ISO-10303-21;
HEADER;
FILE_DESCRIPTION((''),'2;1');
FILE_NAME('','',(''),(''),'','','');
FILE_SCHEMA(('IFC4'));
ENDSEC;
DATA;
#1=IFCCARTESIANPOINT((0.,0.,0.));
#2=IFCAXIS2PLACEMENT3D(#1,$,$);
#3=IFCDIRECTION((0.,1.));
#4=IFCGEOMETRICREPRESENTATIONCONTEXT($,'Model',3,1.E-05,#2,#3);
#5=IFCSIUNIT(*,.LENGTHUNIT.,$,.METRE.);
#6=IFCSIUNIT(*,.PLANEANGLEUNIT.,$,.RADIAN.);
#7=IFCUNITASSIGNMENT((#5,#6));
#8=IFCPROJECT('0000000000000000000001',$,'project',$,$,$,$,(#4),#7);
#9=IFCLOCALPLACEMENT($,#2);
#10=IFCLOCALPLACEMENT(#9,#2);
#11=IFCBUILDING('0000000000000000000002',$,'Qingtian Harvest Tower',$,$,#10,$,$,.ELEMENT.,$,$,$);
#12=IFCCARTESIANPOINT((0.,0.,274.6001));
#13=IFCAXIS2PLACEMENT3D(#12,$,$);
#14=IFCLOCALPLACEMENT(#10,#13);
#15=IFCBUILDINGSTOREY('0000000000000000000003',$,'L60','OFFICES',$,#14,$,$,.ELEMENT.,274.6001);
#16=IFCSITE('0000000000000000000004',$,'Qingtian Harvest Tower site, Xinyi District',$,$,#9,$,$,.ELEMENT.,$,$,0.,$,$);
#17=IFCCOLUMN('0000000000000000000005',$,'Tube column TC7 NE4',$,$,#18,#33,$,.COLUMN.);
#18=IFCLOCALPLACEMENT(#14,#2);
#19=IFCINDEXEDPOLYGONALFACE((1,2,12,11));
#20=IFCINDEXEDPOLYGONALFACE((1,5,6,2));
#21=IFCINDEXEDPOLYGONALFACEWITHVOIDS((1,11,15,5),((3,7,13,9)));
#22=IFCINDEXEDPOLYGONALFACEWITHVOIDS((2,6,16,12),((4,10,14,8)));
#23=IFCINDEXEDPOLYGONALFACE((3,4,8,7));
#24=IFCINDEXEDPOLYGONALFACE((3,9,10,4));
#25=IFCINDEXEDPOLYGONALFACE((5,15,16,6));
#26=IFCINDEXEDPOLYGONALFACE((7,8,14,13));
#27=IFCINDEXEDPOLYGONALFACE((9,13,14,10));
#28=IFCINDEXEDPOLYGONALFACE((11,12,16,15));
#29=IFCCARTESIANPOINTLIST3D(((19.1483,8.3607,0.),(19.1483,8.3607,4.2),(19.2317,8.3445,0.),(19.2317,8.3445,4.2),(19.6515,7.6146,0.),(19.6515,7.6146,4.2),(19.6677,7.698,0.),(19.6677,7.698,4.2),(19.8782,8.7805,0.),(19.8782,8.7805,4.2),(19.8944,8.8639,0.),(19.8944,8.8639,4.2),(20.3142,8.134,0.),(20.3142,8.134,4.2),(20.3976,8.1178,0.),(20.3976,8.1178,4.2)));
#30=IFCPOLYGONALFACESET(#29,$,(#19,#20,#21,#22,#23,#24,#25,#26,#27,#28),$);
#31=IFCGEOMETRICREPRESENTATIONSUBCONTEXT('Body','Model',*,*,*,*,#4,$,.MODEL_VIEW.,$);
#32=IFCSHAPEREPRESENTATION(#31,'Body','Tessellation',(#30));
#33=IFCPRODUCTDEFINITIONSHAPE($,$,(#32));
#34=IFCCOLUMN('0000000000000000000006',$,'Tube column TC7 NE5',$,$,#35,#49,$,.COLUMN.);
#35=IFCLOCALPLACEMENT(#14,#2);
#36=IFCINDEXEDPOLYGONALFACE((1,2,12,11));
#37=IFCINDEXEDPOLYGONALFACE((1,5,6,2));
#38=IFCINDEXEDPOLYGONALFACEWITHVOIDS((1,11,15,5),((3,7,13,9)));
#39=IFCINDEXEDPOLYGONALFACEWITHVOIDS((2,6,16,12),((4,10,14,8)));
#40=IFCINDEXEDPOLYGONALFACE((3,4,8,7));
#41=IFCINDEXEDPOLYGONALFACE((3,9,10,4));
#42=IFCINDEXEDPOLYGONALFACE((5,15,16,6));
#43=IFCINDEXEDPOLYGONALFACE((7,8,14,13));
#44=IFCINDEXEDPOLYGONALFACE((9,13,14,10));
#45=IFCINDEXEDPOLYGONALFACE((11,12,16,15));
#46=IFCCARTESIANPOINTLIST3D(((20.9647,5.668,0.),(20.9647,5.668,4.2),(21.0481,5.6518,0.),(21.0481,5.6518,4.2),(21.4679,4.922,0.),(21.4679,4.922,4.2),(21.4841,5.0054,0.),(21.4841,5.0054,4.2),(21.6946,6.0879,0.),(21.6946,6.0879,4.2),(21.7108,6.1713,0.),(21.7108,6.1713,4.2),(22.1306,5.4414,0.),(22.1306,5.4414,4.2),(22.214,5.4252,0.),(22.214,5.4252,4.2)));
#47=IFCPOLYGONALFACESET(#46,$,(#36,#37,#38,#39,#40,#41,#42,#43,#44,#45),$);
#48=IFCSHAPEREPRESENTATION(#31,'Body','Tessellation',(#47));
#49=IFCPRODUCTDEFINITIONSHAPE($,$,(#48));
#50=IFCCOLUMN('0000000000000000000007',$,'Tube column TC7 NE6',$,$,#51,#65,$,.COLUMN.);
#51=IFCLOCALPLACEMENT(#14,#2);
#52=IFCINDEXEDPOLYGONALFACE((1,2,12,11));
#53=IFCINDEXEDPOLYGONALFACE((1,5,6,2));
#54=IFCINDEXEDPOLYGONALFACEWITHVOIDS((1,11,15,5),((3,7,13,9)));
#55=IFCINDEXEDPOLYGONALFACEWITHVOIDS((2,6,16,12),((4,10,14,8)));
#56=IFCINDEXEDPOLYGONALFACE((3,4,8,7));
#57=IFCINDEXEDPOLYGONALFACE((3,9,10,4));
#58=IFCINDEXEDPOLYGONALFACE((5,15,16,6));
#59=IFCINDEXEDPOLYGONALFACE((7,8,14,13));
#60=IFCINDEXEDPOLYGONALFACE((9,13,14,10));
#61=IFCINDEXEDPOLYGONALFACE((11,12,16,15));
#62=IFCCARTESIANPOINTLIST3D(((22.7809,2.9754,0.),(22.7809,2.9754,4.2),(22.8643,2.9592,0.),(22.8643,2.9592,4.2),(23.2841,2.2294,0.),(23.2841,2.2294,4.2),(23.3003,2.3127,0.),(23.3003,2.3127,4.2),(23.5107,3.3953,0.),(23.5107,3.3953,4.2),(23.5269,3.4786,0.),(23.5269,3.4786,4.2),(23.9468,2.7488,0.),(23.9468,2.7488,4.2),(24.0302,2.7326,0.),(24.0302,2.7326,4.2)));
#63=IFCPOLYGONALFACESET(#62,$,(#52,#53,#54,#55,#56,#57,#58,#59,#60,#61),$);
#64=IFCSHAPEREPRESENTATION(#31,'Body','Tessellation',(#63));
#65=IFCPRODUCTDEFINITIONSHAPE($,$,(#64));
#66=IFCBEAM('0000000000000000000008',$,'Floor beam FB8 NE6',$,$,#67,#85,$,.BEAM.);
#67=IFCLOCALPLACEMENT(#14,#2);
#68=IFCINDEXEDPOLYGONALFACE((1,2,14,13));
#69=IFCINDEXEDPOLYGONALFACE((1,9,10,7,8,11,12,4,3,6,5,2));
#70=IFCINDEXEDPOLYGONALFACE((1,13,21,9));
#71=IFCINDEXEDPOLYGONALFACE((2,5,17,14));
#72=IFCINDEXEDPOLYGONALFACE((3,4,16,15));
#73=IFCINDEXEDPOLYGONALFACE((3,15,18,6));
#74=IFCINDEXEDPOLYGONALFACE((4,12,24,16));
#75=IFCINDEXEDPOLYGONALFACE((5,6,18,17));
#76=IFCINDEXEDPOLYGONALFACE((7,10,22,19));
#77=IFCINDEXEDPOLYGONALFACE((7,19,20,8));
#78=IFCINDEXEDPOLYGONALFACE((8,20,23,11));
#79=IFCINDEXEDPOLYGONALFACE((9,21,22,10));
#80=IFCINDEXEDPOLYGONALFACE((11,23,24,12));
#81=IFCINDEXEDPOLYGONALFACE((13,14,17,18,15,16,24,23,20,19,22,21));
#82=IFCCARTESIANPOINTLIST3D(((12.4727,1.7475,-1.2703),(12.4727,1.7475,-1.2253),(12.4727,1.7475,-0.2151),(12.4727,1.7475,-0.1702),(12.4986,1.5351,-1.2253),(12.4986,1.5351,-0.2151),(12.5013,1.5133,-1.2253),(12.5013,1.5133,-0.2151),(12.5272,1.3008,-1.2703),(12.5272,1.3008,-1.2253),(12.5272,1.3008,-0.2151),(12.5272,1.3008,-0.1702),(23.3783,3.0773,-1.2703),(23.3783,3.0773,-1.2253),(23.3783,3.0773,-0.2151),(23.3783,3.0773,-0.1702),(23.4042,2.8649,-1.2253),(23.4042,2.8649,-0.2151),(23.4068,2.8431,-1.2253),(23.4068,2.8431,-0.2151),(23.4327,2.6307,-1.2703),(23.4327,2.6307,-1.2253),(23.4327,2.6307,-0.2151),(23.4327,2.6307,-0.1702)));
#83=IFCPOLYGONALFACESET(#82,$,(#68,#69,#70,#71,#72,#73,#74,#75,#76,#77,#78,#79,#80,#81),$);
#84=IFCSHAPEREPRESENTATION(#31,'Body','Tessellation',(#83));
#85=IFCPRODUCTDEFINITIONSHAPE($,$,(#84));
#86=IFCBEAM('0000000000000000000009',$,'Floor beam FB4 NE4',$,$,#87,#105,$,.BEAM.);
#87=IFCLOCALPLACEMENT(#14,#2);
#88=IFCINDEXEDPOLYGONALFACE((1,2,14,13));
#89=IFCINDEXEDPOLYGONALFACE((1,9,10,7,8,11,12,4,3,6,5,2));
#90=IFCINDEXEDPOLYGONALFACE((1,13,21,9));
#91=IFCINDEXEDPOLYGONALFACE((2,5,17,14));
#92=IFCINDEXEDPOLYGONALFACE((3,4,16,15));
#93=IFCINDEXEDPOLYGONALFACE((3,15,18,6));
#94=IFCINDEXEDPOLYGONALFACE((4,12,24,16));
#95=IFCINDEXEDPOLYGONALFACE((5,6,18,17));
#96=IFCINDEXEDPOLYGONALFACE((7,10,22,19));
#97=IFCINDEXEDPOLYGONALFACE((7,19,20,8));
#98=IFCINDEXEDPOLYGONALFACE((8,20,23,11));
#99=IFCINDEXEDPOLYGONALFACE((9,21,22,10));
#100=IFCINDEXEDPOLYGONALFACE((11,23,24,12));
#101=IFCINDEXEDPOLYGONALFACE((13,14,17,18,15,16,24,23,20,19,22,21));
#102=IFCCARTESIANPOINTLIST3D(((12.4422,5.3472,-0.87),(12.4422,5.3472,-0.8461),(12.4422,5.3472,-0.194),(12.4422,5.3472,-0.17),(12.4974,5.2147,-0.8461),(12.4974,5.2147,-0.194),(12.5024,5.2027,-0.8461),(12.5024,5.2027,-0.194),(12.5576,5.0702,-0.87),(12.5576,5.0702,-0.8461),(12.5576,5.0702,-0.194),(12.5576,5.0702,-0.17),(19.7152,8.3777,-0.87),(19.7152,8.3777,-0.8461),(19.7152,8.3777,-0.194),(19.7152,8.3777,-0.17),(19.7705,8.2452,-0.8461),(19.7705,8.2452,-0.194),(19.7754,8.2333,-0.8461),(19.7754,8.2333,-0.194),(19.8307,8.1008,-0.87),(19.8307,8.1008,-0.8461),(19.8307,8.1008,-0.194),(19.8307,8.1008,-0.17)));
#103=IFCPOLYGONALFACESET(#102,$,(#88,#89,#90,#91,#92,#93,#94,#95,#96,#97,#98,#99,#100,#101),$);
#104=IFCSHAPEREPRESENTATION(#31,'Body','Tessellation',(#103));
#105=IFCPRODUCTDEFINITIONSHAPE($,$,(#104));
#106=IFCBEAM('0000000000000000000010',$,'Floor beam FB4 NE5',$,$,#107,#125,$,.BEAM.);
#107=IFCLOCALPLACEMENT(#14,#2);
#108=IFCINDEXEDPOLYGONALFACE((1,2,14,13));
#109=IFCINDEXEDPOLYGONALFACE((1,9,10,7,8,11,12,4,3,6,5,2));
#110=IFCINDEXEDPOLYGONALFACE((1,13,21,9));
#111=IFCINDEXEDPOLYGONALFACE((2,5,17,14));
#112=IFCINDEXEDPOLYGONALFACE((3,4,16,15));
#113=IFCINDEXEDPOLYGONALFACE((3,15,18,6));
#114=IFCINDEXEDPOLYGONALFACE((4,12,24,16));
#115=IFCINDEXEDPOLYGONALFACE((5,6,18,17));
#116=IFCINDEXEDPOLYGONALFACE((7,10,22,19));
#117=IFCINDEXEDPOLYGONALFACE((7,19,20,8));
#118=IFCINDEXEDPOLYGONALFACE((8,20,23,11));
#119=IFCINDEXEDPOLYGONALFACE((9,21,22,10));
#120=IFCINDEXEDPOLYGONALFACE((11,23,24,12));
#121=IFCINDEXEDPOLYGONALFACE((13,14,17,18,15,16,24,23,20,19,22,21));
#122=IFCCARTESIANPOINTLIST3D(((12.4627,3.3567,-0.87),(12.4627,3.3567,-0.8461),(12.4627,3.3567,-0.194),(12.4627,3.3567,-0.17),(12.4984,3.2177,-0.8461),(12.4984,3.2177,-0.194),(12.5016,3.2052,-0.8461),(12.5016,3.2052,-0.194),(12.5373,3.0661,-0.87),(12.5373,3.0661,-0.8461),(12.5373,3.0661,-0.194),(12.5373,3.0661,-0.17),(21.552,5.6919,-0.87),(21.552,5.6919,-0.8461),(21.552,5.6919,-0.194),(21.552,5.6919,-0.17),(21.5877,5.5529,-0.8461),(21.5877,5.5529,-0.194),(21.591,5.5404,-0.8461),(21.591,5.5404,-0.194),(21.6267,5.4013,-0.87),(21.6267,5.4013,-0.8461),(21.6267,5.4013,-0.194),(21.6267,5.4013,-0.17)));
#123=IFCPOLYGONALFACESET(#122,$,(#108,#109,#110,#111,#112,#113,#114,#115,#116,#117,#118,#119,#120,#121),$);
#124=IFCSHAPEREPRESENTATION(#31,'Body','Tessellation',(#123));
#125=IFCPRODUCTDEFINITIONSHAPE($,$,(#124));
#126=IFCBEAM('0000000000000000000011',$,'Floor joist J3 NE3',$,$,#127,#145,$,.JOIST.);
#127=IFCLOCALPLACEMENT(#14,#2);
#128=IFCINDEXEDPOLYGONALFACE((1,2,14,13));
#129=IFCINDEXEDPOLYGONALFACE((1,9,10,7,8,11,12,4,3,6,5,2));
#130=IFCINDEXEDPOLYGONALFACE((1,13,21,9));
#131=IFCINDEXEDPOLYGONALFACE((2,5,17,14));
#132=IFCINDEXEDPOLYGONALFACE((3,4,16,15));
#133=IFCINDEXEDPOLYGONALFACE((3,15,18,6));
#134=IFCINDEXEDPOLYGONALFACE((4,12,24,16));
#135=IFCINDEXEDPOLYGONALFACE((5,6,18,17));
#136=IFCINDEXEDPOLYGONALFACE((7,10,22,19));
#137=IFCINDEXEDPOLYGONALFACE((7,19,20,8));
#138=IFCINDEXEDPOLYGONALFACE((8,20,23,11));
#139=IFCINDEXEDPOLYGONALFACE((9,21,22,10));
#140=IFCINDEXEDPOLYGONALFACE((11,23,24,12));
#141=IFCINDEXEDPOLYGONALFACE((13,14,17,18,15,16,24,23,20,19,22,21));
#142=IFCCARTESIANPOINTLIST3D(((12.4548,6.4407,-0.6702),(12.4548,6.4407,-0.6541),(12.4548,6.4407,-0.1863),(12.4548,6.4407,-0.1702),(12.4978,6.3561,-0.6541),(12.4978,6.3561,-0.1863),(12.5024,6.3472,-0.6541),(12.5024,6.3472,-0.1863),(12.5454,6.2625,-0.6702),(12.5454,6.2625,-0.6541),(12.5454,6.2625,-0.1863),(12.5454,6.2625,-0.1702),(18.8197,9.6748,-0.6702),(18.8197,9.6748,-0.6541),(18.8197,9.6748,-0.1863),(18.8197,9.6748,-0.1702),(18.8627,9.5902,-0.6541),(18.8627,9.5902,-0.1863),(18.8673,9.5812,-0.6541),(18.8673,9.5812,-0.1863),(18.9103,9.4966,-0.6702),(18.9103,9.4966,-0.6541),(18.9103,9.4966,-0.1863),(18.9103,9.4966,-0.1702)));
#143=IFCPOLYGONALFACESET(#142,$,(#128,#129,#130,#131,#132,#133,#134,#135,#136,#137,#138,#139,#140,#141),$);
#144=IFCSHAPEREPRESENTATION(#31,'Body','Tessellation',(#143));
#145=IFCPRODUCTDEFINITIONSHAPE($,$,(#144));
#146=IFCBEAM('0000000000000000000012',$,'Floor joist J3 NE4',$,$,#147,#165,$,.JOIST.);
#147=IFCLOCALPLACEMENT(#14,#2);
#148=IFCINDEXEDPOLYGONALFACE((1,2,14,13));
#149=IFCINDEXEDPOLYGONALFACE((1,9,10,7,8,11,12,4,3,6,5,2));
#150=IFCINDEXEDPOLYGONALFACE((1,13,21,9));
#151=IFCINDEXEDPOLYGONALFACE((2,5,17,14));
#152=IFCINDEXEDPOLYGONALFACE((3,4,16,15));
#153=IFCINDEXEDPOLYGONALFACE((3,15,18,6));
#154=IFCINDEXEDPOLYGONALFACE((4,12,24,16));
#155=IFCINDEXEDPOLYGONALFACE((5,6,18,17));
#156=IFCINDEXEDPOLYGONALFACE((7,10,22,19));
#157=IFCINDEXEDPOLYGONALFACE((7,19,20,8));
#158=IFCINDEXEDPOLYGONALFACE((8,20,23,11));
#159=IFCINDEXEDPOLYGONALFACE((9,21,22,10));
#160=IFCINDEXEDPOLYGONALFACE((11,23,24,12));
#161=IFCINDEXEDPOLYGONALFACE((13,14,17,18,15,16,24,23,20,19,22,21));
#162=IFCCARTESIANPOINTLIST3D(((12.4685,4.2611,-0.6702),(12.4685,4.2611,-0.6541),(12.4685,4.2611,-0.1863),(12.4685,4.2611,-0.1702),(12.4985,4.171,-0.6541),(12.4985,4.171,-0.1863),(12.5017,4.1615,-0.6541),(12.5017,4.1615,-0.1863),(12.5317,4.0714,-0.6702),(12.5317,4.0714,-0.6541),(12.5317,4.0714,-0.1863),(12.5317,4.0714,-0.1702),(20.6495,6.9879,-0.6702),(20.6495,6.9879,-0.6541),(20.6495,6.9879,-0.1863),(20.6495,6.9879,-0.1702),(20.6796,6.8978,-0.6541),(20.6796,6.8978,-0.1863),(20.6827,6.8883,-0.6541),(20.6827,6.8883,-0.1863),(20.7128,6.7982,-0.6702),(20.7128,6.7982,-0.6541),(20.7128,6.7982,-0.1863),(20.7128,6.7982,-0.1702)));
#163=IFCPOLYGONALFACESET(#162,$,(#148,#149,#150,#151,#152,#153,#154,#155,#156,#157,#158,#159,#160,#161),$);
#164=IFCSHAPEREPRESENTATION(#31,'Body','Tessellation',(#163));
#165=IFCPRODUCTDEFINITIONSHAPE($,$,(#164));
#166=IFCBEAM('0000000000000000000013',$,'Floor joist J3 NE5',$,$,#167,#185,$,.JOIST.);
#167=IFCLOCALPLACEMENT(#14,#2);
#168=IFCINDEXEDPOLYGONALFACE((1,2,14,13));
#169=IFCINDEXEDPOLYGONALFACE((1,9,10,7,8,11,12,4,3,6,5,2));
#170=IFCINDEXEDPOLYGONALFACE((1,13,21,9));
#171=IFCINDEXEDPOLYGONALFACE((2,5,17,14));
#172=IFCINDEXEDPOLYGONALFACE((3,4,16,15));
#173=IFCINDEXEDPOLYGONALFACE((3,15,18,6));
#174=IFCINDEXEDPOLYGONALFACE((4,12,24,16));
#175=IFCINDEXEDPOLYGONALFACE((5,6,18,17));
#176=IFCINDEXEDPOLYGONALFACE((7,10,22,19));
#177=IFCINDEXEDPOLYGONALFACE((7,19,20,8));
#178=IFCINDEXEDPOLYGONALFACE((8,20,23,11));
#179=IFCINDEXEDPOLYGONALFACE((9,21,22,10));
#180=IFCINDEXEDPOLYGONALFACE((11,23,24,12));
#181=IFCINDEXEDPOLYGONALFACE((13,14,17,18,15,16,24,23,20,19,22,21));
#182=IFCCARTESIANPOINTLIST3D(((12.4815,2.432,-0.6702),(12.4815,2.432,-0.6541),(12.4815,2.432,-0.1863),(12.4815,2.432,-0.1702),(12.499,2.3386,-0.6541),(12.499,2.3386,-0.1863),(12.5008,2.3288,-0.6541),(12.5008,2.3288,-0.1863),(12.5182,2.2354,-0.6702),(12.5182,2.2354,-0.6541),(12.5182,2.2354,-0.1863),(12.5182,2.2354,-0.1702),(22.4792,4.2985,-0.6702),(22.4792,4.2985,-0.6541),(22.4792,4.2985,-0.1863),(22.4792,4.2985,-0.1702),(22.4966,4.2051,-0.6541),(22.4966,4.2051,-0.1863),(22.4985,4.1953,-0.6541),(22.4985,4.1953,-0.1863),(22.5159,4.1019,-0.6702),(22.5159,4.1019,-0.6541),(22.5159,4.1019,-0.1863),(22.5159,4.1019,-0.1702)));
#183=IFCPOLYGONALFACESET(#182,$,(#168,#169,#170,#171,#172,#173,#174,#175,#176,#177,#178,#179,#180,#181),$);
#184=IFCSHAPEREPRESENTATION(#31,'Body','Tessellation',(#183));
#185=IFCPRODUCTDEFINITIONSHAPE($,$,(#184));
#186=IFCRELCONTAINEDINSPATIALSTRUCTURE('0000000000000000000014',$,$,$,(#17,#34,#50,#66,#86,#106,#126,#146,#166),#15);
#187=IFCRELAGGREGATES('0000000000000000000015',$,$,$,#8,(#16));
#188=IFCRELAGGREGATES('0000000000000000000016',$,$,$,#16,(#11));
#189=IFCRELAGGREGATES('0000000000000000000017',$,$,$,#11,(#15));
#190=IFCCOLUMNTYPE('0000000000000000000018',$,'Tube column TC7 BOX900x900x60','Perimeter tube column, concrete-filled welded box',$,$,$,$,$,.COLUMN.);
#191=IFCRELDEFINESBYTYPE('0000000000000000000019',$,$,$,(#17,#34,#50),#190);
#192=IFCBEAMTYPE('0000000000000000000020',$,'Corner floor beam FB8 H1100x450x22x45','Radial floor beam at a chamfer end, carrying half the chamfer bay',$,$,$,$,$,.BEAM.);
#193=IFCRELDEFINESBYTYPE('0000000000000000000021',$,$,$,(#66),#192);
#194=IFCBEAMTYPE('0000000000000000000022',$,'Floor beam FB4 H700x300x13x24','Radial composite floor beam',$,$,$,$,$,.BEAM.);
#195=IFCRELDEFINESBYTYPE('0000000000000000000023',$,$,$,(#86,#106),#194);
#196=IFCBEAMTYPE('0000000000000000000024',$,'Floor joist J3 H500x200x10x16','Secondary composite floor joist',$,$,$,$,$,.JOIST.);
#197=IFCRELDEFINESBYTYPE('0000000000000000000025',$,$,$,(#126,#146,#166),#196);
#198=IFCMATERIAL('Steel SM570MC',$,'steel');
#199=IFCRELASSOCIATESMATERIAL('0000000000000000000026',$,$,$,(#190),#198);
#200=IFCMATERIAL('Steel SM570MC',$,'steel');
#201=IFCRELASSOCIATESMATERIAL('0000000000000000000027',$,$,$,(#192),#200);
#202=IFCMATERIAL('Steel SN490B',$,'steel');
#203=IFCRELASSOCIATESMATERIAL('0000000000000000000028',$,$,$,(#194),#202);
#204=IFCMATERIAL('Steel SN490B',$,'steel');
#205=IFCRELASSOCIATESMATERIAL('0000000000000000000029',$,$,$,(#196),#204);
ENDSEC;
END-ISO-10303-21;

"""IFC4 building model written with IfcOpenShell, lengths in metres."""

from ifc_helpers import new_model, si_unit, direction, frame, origin, origin_2d, place, context, subcontext, project, spatial, hollow_rectangle, i_section, extrude, material, material_profile, profile_set, type_object, element, save


model = new_model("IFC4")

# Units and contexts
model_context = context("Model", 3, precision=1e-05, world=origin(), true_north=direction((0.0, 1.0)))
body_context = subcontext(model_context, "Body", "Model", "MODEL_VIEW")
ifc_project = project(units=[si_unit("LENGTHUNIT", "METRE"), si_unit("PLANEANGLEUNIT", "RADIAN")], contexts=[model_context])

# Site, building, storey
site_placement = place(None, origin())
site = spatial("IfcSite", under=ifc_project, at=site_placement, Name="Qingtian Harvest Tower site, Xinyi District", CompositionType="ELEMENT", RefElevation=0.0)
building_placement = place(site_placement, origin())
building = spatial("IfcBuilding", under=site, at=building_placement, Name="Qingtian Harvest Tower", CompositionType="ELEMENT")
storey_placement = place(building_placement, frame((0.0, 0.0, 274.6001)))
storey = spatial("IfcBuildingStorey", under=building, at=storey_placement, Name="L60", Description="OFFICES", CompositionType="ELEMENT", Elevation=274.6001)

# Columns
ifc_material_1 = material(Name="Steel SM570MC", Category="steel")
ifc_material_profile_1 = material_profile(ifc_material_1, hollow_rectangle(XDim=0.8999, YDim=0.8999, WallThickness=0.0601, at=origin_2d()), Name="BOX900x900x60")
ifc_profile_set_1 = profile_set([ifc_material_profile_1], Name="Steel SM570MC")
column_type = type_object("IfcColumnType", Name="Tube column TC7 BOX900x900x60", Description="Perimeter tube column, concrete-filled welded box", PredefinedType="COLUMN", material=ifc_profile_set_1)
for number, where, z_axis, x_axis, name in (
    (1, (19.7729, 8.2393, 0.0), (0.0, 0.0, 1.0), (-0.559193, 0.829038, 0.0), "Tube column TC7 NE4"),
    (2, (21.5894, 5.5466, 0.0), (0.0, 0.0, 1.0), (-0.559193, 0.829038, 0.0), "Tube column TC7 NE5"),
    (3, (23.4055, 2.854, 0.0), (0.0, 0.0, 1.0), (-0.559193, 0.829038, 0.0), "Tube column TC7 NE6"),
):
    element("IfcColumn", number, at=place(storey_placement, frame(where, z_axis=z_axis, x_axis=x_axis)), inside=storey, type_object=column_type, Name=name, PredefinedType="COLUMN", context=body_context, shape_type="SweptSolid", body=[
        extrude(hollow_rectangle(XDim=0.8999, YDim=0.8999, WallThickness=0.0601, at=origin_2d()), origin(), (0.0, 0.0, 1.0), 4.2),
    ])

# Beams
ifc_material_2 = material(Name="Steel SM570MC", Category="steel")
ifc_material_profile_2 = material_profile(ifc_material_2, i_section(OverallWidth=0.45, OverallDepth=1.1001, WebThickness=0.022, FlangeThickness=0.0449, at=origin_2d()), Name="H1100x450x22x45")
ifc_profile_set_2 = profile_set([ifc_material_profile_2], Name="Steel SM570MC")
beam_type_1 = type_object("IfcBeamType", Name="Corner floor beam FB8 H1100x450x22x45", Description="Radial floor beam at a chamfer end, carrying half the chamfer bay", PredefinedType="BEAM", material=ifc_profile_set_2)
beam_1_placement = place(storey_placement, frame((23.4055, 2.854, -0.7202), z_axis=(-0.992647, -0.121045, 0.0), x_axis=(0.121045, -0.992647, 0.0)))
element("IfcBeam", 4, at=beam_1_placement, inside=storey, type_object=beam_type_1, Name="Floor beam FB8 NE6", PredefinedType="BEAM", context=body_context, shape_type="SweptSolid", body=[
    extrude(i_section(OverallWidth=0.45, OverallDepth=1.1001, WebThickness=0.022, FlangeThickness=0.0449, at=origin_2d()), origin(), (0.0, 0.0, 1.0), 10.9863),
])
ifc_material_3 = material(Name="Steel SN490B", Category="steel")
ifc_material_profile_3 = material_profile(ifc_material_3, i_section(OverallWidth=0.3, OverallDepth=0.7, WebThickness=0.0129, FlangeThickness=0.0239, at=origin_2d()), Name="H700x300x13x24")
ifc_profile_set_3 = profile_set([ifc_material_profile_3], Name="Steel SN490B")
beam_type_2 = type_object("IfcBeamType", Name="Floor beam FB4 H700x300x13x24", Description="Radial composite floor beam", PredefinedType="BEAM", material=ifc_profile_set_3)
beam_2_placement = place(storey_placement, frame((19.7729, 8.2393, -0.52), z_axis=(-0.923071, -0.384629, 0.0), x_axis=(0.384629, -0.923071, 0.0)))
element("IfcBeam", 5, at=beam_2_placement, inside=storey, type_object=beam_type_2, Name="Floor beam FB4 NE4", PredefinedType="BEAM", context=body_context, shape_type="SweptSolid", body=[
    extrude(i_section(OverallWidth=0.3, OverallDepth=0.7, WebThickness=0.0129, FlangeThickness=0.0239, at=origin_2d()), origin(), (0.0, 0.0, 1.0), 7.8792),
])
beam_3_placement = place(storey_placement, frame((21.5894, 5.5466, -0.52), z_axis=(-0.968546, -0.248835, 0.0), x_axis=(0.248835, -0.968546, 0.0)))
element("IfcBeam", 6, at=beam_3_placement, inside=storey, type_object=beam_type_2, Name="Floor beam FB4 NE5", PredefinedType="BEAM", context=body_context, shape_type="SweptSolid", body=[
    extrude(i_section(OverallWidth=0.3, OverallDepth=0.7, WebThickness=0.0129, FlangeThickness=0.0239, at=origin_2d()), origin(), (0.0, 0.0, 1.0), 9.3845),
])
ifc_material_4 = material(Name="Steel SN490B", Category="steel")
ifc_material_profile_4 = material_profile(ifc_material_4, i_section(OverallWidth=0.2, OverallDepth=0.5, WebThickness=0.01, FlangeThickness=0.0161, at=origin_2d()), Name="H500x200x10x16")
ifc_profile_set_4 = profile_set([ifc_material_profile_4], Name="Steel SN490B")
beam_type_3 = type_object("IfcBeamType", Name="Floor joist J3 H500x200x10x16", Description="Secondary composite floor joist", PredefinedType="JOIST", material=ifc_profile_set_4)
beam_4_placement = place(storey_placement, frame((18.865, 9.5857, -0.4202), z_axis=(-0.891516, -0.45299, 0.0), x_axis=(0.45299, -0.891516, 0.0)))
element("IfcBeam", 7, at=beam_4_placement, inside=storey, type_object=beam_type_3, Name="Floor joist J3 NE3", PredefinedType="JOIST", context=body_context, shape_type="SweptSolid", body=[
    extrude(i_section(OverallWidth=0.2, OverallDepth=0.5, WebThickness=0.01, FlangeThickness=0.0161, at=origin_2d()), origin(), (0.0, 0.0, 1.0), 7.1394),
])
beam_5_placement = place(storey_placement, frame((20.6812, 6.8931, -0.4202), z_axis=(-0.948692, -0.316202, 0.0), x_axis=(0.316202, -0.948692, 0.0)))
element("IfcBeam", 8, at=beam_5_placement, inside=storey, type_object=beam_type_3, Name="Floor joist J3 NE4", PredefinedType="JOIST", context=body_context, shape_type="SweptSolid", body=[
    extrude(i_section(OverallWidth=0.2, OverallDepth=0.5, WebThickness=0.01, FlangeThickness=0.0161, at=origin_2d()), origin(), (0.0, 0.0, 1.0), 8.6235),
])
beam_6_placement = place(storey_placement, frame((22.4976, 4.2002, -0.4202), z_axis=(-0.983016, -0.18352, 0.0), x_axis=(0.18352, -0.983016, 0.0)))
element("IfcBeam", 9, at=beam_6_placement, inside=storey, type_object=beam_type_3, Name="Floor joist J3 NE5", PredefinedType="JOIST", context=body_context, shape_type="SweptSolid", body=[
    extrude(i_section(OverallWidth=0.2, OverallDepth=0.5, WebThickness=0.01, FlangeThickness=0.0161, at=origin_2d()), origin(), (0.0, 0.0, 1.0), 10.1704),
])

save(model, "model.ifc")
